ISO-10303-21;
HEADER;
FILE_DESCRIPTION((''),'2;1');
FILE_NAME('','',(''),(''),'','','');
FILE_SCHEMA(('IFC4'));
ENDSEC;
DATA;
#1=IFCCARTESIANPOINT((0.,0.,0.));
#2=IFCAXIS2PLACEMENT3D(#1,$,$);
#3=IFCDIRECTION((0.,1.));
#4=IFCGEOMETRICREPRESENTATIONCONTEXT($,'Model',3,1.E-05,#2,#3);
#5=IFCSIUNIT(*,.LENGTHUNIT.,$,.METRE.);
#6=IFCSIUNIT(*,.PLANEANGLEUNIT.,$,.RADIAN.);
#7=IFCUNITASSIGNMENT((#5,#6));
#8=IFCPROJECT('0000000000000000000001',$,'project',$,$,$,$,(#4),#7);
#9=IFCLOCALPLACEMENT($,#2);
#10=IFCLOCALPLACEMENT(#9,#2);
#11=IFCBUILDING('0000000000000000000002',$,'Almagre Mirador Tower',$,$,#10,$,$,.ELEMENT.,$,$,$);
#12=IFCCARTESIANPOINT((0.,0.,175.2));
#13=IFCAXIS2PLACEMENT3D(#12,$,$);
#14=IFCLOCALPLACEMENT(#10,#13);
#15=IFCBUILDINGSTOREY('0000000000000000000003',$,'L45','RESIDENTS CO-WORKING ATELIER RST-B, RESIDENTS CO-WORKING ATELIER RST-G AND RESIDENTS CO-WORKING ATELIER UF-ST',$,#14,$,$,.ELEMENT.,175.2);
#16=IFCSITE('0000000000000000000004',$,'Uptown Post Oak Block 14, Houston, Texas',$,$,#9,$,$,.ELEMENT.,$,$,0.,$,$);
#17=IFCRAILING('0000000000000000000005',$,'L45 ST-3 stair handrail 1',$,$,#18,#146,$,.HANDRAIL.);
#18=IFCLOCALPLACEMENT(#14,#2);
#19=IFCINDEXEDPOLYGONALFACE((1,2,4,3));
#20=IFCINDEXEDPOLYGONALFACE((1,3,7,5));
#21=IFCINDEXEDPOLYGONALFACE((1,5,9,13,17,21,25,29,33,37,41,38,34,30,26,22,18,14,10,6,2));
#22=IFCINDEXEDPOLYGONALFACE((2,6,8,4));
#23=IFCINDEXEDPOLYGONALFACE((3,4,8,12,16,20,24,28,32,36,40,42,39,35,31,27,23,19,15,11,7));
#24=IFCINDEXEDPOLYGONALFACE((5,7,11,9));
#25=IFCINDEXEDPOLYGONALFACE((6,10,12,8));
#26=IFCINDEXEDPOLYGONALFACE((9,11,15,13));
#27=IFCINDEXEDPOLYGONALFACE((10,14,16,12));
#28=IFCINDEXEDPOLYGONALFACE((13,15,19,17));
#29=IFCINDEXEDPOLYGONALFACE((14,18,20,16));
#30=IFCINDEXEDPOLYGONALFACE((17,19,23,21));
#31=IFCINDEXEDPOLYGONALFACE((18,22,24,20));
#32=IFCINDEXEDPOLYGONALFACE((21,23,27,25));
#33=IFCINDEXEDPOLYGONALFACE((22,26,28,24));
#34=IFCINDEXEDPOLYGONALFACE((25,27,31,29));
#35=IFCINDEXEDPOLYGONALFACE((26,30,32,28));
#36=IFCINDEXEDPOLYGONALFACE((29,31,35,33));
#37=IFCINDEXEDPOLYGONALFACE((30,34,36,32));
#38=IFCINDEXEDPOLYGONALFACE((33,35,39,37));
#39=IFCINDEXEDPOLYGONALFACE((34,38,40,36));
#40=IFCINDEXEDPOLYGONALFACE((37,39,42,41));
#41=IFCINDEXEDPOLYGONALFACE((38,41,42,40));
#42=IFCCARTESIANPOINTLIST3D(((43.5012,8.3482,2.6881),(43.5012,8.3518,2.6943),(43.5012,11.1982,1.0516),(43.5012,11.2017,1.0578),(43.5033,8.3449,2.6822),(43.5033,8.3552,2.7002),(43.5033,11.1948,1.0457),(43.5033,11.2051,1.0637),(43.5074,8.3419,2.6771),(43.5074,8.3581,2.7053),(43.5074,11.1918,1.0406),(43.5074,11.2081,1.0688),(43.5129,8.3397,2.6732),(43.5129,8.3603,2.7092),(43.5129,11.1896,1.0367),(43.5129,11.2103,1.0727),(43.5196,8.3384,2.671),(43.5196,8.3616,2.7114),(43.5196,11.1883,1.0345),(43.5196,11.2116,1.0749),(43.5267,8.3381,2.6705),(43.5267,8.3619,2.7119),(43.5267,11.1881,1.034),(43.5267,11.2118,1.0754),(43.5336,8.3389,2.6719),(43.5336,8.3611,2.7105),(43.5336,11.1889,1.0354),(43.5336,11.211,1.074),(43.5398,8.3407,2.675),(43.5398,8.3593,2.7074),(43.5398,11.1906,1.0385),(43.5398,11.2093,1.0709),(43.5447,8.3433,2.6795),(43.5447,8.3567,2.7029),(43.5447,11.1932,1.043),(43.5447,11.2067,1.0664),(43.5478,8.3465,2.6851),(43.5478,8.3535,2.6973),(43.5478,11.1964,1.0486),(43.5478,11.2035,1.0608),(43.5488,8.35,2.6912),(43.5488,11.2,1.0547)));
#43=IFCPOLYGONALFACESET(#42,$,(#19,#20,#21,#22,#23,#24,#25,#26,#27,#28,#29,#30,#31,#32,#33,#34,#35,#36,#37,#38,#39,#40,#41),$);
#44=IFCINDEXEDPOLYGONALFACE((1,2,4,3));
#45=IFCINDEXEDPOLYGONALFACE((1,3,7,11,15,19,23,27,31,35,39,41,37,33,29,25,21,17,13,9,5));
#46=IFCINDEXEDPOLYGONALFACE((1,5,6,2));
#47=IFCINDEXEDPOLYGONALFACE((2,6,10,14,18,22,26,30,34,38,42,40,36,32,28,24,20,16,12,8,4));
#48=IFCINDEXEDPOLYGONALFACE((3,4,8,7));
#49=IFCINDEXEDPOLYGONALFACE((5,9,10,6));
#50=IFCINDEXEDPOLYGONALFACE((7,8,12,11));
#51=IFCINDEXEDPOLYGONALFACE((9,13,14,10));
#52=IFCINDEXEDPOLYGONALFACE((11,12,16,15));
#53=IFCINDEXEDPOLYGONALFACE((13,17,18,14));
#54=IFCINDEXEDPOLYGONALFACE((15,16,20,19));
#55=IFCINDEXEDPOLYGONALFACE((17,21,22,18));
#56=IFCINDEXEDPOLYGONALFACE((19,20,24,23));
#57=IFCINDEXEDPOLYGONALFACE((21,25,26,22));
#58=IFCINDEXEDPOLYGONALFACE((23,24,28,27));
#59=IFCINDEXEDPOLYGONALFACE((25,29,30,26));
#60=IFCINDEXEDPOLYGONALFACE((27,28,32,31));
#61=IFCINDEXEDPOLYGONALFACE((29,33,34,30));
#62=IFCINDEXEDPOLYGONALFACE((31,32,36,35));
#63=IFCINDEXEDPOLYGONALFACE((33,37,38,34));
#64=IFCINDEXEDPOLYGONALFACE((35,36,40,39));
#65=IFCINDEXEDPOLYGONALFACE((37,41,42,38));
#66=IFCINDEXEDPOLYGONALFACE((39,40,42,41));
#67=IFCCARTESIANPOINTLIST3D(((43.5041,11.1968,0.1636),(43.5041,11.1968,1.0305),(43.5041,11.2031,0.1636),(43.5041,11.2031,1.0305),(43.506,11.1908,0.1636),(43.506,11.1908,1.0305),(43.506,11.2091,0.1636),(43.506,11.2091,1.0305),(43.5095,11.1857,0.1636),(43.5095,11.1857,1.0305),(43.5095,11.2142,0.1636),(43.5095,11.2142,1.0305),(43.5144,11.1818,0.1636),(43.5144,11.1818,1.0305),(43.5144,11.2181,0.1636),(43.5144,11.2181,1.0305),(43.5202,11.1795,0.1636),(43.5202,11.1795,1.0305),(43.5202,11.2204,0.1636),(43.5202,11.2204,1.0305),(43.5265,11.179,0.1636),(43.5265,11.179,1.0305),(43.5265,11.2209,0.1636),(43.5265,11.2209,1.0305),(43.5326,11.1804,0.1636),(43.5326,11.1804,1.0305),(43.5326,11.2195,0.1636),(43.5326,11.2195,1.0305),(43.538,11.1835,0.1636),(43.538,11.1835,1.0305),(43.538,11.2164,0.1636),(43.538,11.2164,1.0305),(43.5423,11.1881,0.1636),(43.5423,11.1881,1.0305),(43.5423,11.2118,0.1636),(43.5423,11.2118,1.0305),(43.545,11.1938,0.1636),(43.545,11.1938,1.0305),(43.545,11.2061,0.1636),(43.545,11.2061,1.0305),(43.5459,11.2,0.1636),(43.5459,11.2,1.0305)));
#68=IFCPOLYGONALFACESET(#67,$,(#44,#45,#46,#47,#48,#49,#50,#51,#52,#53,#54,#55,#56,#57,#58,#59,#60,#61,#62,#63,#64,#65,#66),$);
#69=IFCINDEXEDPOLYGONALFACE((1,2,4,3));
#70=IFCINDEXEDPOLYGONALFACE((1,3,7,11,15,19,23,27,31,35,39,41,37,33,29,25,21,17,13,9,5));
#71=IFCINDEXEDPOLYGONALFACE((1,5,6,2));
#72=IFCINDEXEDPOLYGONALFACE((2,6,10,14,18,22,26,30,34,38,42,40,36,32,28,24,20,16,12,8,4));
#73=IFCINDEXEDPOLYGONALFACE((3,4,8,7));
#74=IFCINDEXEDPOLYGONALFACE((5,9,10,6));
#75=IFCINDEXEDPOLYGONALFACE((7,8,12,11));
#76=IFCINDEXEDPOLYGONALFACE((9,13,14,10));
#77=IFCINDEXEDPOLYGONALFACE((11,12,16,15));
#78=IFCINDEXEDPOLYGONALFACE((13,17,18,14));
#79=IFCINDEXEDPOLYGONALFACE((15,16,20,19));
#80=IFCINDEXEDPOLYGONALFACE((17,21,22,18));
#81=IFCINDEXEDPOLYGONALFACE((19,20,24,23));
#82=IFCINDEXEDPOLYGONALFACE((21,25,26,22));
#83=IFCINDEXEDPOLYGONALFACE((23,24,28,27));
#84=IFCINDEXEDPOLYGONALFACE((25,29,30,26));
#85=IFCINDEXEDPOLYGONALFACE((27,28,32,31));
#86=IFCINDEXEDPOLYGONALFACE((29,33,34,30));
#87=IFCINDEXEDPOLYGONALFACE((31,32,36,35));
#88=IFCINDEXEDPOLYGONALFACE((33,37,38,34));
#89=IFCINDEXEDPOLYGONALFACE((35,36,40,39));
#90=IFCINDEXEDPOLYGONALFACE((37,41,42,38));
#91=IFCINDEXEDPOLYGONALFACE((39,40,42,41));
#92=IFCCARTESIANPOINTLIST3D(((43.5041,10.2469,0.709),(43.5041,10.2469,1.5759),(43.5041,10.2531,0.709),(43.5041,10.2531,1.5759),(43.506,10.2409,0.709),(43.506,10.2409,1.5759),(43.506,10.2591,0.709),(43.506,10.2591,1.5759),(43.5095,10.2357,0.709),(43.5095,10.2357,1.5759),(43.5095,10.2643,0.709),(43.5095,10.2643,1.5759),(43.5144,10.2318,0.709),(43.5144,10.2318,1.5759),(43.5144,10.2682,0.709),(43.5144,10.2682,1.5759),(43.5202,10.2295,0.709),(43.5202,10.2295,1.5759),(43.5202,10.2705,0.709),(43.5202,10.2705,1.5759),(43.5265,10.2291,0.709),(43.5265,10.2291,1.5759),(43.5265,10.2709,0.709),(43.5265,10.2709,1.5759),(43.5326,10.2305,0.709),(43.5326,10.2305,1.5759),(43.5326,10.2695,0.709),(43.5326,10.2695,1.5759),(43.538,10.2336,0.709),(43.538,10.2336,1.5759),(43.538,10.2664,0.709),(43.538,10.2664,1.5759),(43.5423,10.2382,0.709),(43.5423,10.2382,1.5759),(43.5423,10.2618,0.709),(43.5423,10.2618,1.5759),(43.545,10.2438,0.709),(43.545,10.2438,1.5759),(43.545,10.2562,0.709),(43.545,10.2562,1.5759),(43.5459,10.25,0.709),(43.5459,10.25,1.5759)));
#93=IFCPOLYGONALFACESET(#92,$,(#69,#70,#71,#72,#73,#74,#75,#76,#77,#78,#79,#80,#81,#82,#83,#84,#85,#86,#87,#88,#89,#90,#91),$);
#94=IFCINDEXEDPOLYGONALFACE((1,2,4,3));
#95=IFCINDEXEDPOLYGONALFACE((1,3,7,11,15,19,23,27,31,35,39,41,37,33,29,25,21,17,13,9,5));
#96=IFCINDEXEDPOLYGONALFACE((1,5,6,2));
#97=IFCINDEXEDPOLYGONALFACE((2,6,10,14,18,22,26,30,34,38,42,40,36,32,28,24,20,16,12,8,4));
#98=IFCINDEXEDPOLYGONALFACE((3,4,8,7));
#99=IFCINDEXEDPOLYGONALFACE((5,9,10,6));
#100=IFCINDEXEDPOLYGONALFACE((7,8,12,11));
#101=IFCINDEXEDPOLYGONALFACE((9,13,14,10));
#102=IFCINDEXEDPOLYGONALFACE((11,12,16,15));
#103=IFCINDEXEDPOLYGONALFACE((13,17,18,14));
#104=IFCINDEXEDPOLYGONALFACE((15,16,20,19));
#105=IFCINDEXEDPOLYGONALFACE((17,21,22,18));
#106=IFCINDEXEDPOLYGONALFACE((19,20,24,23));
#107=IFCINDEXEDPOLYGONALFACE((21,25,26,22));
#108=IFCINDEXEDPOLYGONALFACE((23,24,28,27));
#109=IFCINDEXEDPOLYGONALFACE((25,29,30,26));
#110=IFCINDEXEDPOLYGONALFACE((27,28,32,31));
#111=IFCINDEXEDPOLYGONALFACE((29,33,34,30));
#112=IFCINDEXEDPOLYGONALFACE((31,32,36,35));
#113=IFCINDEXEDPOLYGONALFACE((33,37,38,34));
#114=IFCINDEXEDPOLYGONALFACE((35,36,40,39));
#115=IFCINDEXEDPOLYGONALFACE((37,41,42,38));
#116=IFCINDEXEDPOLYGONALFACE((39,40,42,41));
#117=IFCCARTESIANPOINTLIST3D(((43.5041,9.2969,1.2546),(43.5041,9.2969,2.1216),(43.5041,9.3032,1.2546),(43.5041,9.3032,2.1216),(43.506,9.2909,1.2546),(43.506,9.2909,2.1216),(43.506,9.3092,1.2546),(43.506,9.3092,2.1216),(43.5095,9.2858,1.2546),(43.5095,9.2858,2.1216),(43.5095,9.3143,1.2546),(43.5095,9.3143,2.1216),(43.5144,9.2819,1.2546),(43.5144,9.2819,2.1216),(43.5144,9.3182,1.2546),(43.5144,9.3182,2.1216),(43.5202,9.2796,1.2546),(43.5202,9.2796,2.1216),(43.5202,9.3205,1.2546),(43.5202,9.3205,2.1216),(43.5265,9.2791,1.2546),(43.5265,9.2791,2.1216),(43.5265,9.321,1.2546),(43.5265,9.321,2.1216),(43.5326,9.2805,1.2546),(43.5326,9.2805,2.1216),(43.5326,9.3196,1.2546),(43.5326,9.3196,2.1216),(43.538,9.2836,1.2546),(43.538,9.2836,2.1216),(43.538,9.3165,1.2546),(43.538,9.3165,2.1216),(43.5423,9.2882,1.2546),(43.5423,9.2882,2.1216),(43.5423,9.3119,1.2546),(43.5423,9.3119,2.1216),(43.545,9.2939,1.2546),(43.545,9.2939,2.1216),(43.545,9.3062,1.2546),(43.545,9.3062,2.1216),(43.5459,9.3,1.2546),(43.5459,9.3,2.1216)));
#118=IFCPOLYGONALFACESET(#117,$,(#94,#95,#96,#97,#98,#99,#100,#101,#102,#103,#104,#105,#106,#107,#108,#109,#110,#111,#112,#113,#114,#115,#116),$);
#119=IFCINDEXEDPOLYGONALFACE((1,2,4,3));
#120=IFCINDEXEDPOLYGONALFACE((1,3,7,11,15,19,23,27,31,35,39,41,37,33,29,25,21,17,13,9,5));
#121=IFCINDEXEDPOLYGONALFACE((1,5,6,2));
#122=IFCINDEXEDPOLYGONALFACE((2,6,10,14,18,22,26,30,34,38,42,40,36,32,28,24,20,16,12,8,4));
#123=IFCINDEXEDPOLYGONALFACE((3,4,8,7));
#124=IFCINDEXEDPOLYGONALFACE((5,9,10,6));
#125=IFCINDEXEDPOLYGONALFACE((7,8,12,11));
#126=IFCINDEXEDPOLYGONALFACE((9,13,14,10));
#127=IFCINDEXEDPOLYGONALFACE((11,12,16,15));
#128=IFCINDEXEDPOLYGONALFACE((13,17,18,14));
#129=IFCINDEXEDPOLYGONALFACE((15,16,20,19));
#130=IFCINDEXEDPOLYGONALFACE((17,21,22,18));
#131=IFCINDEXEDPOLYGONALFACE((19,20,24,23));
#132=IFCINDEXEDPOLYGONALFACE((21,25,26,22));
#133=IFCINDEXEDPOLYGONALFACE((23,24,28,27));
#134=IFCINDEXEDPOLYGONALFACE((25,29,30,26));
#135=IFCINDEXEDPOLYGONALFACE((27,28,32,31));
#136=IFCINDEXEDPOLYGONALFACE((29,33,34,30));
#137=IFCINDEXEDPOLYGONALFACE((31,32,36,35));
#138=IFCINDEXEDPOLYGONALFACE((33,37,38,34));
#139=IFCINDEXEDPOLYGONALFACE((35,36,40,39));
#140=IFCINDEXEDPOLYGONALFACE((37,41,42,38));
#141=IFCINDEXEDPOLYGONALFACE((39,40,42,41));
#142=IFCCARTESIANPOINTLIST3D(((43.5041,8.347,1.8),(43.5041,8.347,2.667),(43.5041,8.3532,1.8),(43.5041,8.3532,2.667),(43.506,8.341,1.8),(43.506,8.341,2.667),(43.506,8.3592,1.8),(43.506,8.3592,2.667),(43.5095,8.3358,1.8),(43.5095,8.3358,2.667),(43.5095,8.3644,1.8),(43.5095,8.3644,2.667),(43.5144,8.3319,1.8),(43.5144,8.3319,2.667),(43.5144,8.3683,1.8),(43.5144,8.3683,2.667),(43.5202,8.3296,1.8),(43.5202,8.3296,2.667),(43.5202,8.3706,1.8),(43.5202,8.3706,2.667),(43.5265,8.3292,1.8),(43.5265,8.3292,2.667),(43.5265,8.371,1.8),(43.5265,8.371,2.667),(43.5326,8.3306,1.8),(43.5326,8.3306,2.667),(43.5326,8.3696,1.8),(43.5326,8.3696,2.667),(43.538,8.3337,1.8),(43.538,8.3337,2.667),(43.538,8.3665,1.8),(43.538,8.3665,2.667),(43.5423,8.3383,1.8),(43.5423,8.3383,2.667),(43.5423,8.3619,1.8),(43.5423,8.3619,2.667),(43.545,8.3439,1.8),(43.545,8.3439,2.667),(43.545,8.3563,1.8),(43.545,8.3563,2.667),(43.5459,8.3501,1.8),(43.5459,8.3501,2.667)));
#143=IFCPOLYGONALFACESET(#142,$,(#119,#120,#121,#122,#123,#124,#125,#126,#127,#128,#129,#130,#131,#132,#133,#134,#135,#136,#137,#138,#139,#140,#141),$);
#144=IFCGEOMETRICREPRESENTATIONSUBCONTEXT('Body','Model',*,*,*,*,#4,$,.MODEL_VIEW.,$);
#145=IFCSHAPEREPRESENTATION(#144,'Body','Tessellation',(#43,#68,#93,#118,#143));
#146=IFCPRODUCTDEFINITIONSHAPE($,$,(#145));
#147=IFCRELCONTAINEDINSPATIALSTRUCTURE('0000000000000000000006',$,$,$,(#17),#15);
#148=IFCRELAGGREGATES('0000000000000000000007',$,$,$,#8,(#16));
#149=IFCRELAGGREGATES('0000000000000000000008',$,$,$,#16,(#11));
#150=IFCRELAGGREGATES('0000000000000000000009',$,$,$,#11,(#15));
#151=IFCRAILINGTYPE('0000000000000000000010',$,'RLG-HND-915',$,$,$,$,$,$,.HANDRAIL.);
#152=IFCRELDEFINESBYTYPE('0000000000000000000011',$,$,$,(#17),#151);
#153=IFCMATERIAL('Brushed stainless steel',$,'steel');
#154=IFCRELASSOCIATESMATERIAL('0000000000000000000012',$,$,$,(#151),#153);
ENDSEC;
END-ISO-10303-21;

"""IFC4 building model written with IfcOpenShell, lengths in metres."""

from ifc_helpers import new_model, si_unit, direction, frame, origin, origin_2d, place, context, subcontext, project, spatial, circle, extrude, material, type_object, element, save


model = new_model("IFC4")

# Units and contexts
model_context = context("Model", 3, precision=1e-05, world=origin(), true_north=direction((0.0, 1.0)))
body_context = subcontext(model_context, "Body", "Model", "MODEL_VIEW")
ifc_project = project(units=[si_unit("LENGTHUNIT", "METRE"), si_unit("PLANEANGLEUNIT", "RADIAN")], contexts=[model_context])

# Site, building, storey
site_placement = place(None, origin())
site = spatial("IfcSite", under=ifc_project, at=site_placement, Name="Uptown Post Oak Block 14, Houston, Texas", CompositionType="ELEMENT", RefElevation=0.0)
building_placement = place(site_placement, origin())
building = spatial("IfcBuilding", under=site, at=building_placement, Name="Almagre Mirador Tower", CompositionType="ELEMENT")
storey_placement = place(building_placement, frame((0.0, 0.0, 175.2)))
storey = spatial("IfcBuildingStorey", under=building, at=storey_placement, Name="L45", Description="RESIDENTS CO-WORKING ATELIER RST-B, RESIDENTS CO-WORKING ATELIER RST-G AND RESIDENTS CO-WORKING ATELIER UF-ST", CompositionType="ELEMENT", Elevation=175.2)

# Railing
ifc_material_1 = material(Name="Brushed stainless steel", Category="steel")
railing_type_1 = type_object("IfcRailingType", Name="RLG-HND-915", PredefinedType="HANDRAIL", material=ifc_material_1)
railing_1_placement = place(storey_placement, frame((43.5249, 11.2, 0.1636)))
element("IfcRailing", 1, at=railing_1_placement, inside=storey, type_object=railing_type_1, Name="L45 ST-3 stair handrail 1", PredefinedType="HANDRAIL", context=body_context, shape_type="SweptSolid", body=[
    extrude(circle(Radius=0.0239, at=origin_2d()), frame((0.0, 0.0, 0.8911), z_axis=(0.0, -0.867194, 0.49797), x_axis=(1.0, 0.0, 0.0)), (0.0, 0.0, 1.0), 3.2864),
    extrude(circle(Radius=0.021, at=origin_2d()), origin(), (0.0, 0.0, 1.0), 0.8669),
    extrude(circle(Radius=0.021, at=origin_2d()), frame((0.0, -0.95, 0.5454)), (0.0, 0.0, 1.0), 0.8669),
    extrude(circle(Radius=0.021, at=origin_2d()), frame((0.0, -1.8999, 1.0911)), (0.0, 0.0, 1.0), 0.8669),
    extrude(circle(Radius=0.021, at=origin_2d()), frame((0.0, -2.8499, 1.6365)), (0.0, 0.0, 1.0), 0.8669),
])

save(model, "model.ifc")
